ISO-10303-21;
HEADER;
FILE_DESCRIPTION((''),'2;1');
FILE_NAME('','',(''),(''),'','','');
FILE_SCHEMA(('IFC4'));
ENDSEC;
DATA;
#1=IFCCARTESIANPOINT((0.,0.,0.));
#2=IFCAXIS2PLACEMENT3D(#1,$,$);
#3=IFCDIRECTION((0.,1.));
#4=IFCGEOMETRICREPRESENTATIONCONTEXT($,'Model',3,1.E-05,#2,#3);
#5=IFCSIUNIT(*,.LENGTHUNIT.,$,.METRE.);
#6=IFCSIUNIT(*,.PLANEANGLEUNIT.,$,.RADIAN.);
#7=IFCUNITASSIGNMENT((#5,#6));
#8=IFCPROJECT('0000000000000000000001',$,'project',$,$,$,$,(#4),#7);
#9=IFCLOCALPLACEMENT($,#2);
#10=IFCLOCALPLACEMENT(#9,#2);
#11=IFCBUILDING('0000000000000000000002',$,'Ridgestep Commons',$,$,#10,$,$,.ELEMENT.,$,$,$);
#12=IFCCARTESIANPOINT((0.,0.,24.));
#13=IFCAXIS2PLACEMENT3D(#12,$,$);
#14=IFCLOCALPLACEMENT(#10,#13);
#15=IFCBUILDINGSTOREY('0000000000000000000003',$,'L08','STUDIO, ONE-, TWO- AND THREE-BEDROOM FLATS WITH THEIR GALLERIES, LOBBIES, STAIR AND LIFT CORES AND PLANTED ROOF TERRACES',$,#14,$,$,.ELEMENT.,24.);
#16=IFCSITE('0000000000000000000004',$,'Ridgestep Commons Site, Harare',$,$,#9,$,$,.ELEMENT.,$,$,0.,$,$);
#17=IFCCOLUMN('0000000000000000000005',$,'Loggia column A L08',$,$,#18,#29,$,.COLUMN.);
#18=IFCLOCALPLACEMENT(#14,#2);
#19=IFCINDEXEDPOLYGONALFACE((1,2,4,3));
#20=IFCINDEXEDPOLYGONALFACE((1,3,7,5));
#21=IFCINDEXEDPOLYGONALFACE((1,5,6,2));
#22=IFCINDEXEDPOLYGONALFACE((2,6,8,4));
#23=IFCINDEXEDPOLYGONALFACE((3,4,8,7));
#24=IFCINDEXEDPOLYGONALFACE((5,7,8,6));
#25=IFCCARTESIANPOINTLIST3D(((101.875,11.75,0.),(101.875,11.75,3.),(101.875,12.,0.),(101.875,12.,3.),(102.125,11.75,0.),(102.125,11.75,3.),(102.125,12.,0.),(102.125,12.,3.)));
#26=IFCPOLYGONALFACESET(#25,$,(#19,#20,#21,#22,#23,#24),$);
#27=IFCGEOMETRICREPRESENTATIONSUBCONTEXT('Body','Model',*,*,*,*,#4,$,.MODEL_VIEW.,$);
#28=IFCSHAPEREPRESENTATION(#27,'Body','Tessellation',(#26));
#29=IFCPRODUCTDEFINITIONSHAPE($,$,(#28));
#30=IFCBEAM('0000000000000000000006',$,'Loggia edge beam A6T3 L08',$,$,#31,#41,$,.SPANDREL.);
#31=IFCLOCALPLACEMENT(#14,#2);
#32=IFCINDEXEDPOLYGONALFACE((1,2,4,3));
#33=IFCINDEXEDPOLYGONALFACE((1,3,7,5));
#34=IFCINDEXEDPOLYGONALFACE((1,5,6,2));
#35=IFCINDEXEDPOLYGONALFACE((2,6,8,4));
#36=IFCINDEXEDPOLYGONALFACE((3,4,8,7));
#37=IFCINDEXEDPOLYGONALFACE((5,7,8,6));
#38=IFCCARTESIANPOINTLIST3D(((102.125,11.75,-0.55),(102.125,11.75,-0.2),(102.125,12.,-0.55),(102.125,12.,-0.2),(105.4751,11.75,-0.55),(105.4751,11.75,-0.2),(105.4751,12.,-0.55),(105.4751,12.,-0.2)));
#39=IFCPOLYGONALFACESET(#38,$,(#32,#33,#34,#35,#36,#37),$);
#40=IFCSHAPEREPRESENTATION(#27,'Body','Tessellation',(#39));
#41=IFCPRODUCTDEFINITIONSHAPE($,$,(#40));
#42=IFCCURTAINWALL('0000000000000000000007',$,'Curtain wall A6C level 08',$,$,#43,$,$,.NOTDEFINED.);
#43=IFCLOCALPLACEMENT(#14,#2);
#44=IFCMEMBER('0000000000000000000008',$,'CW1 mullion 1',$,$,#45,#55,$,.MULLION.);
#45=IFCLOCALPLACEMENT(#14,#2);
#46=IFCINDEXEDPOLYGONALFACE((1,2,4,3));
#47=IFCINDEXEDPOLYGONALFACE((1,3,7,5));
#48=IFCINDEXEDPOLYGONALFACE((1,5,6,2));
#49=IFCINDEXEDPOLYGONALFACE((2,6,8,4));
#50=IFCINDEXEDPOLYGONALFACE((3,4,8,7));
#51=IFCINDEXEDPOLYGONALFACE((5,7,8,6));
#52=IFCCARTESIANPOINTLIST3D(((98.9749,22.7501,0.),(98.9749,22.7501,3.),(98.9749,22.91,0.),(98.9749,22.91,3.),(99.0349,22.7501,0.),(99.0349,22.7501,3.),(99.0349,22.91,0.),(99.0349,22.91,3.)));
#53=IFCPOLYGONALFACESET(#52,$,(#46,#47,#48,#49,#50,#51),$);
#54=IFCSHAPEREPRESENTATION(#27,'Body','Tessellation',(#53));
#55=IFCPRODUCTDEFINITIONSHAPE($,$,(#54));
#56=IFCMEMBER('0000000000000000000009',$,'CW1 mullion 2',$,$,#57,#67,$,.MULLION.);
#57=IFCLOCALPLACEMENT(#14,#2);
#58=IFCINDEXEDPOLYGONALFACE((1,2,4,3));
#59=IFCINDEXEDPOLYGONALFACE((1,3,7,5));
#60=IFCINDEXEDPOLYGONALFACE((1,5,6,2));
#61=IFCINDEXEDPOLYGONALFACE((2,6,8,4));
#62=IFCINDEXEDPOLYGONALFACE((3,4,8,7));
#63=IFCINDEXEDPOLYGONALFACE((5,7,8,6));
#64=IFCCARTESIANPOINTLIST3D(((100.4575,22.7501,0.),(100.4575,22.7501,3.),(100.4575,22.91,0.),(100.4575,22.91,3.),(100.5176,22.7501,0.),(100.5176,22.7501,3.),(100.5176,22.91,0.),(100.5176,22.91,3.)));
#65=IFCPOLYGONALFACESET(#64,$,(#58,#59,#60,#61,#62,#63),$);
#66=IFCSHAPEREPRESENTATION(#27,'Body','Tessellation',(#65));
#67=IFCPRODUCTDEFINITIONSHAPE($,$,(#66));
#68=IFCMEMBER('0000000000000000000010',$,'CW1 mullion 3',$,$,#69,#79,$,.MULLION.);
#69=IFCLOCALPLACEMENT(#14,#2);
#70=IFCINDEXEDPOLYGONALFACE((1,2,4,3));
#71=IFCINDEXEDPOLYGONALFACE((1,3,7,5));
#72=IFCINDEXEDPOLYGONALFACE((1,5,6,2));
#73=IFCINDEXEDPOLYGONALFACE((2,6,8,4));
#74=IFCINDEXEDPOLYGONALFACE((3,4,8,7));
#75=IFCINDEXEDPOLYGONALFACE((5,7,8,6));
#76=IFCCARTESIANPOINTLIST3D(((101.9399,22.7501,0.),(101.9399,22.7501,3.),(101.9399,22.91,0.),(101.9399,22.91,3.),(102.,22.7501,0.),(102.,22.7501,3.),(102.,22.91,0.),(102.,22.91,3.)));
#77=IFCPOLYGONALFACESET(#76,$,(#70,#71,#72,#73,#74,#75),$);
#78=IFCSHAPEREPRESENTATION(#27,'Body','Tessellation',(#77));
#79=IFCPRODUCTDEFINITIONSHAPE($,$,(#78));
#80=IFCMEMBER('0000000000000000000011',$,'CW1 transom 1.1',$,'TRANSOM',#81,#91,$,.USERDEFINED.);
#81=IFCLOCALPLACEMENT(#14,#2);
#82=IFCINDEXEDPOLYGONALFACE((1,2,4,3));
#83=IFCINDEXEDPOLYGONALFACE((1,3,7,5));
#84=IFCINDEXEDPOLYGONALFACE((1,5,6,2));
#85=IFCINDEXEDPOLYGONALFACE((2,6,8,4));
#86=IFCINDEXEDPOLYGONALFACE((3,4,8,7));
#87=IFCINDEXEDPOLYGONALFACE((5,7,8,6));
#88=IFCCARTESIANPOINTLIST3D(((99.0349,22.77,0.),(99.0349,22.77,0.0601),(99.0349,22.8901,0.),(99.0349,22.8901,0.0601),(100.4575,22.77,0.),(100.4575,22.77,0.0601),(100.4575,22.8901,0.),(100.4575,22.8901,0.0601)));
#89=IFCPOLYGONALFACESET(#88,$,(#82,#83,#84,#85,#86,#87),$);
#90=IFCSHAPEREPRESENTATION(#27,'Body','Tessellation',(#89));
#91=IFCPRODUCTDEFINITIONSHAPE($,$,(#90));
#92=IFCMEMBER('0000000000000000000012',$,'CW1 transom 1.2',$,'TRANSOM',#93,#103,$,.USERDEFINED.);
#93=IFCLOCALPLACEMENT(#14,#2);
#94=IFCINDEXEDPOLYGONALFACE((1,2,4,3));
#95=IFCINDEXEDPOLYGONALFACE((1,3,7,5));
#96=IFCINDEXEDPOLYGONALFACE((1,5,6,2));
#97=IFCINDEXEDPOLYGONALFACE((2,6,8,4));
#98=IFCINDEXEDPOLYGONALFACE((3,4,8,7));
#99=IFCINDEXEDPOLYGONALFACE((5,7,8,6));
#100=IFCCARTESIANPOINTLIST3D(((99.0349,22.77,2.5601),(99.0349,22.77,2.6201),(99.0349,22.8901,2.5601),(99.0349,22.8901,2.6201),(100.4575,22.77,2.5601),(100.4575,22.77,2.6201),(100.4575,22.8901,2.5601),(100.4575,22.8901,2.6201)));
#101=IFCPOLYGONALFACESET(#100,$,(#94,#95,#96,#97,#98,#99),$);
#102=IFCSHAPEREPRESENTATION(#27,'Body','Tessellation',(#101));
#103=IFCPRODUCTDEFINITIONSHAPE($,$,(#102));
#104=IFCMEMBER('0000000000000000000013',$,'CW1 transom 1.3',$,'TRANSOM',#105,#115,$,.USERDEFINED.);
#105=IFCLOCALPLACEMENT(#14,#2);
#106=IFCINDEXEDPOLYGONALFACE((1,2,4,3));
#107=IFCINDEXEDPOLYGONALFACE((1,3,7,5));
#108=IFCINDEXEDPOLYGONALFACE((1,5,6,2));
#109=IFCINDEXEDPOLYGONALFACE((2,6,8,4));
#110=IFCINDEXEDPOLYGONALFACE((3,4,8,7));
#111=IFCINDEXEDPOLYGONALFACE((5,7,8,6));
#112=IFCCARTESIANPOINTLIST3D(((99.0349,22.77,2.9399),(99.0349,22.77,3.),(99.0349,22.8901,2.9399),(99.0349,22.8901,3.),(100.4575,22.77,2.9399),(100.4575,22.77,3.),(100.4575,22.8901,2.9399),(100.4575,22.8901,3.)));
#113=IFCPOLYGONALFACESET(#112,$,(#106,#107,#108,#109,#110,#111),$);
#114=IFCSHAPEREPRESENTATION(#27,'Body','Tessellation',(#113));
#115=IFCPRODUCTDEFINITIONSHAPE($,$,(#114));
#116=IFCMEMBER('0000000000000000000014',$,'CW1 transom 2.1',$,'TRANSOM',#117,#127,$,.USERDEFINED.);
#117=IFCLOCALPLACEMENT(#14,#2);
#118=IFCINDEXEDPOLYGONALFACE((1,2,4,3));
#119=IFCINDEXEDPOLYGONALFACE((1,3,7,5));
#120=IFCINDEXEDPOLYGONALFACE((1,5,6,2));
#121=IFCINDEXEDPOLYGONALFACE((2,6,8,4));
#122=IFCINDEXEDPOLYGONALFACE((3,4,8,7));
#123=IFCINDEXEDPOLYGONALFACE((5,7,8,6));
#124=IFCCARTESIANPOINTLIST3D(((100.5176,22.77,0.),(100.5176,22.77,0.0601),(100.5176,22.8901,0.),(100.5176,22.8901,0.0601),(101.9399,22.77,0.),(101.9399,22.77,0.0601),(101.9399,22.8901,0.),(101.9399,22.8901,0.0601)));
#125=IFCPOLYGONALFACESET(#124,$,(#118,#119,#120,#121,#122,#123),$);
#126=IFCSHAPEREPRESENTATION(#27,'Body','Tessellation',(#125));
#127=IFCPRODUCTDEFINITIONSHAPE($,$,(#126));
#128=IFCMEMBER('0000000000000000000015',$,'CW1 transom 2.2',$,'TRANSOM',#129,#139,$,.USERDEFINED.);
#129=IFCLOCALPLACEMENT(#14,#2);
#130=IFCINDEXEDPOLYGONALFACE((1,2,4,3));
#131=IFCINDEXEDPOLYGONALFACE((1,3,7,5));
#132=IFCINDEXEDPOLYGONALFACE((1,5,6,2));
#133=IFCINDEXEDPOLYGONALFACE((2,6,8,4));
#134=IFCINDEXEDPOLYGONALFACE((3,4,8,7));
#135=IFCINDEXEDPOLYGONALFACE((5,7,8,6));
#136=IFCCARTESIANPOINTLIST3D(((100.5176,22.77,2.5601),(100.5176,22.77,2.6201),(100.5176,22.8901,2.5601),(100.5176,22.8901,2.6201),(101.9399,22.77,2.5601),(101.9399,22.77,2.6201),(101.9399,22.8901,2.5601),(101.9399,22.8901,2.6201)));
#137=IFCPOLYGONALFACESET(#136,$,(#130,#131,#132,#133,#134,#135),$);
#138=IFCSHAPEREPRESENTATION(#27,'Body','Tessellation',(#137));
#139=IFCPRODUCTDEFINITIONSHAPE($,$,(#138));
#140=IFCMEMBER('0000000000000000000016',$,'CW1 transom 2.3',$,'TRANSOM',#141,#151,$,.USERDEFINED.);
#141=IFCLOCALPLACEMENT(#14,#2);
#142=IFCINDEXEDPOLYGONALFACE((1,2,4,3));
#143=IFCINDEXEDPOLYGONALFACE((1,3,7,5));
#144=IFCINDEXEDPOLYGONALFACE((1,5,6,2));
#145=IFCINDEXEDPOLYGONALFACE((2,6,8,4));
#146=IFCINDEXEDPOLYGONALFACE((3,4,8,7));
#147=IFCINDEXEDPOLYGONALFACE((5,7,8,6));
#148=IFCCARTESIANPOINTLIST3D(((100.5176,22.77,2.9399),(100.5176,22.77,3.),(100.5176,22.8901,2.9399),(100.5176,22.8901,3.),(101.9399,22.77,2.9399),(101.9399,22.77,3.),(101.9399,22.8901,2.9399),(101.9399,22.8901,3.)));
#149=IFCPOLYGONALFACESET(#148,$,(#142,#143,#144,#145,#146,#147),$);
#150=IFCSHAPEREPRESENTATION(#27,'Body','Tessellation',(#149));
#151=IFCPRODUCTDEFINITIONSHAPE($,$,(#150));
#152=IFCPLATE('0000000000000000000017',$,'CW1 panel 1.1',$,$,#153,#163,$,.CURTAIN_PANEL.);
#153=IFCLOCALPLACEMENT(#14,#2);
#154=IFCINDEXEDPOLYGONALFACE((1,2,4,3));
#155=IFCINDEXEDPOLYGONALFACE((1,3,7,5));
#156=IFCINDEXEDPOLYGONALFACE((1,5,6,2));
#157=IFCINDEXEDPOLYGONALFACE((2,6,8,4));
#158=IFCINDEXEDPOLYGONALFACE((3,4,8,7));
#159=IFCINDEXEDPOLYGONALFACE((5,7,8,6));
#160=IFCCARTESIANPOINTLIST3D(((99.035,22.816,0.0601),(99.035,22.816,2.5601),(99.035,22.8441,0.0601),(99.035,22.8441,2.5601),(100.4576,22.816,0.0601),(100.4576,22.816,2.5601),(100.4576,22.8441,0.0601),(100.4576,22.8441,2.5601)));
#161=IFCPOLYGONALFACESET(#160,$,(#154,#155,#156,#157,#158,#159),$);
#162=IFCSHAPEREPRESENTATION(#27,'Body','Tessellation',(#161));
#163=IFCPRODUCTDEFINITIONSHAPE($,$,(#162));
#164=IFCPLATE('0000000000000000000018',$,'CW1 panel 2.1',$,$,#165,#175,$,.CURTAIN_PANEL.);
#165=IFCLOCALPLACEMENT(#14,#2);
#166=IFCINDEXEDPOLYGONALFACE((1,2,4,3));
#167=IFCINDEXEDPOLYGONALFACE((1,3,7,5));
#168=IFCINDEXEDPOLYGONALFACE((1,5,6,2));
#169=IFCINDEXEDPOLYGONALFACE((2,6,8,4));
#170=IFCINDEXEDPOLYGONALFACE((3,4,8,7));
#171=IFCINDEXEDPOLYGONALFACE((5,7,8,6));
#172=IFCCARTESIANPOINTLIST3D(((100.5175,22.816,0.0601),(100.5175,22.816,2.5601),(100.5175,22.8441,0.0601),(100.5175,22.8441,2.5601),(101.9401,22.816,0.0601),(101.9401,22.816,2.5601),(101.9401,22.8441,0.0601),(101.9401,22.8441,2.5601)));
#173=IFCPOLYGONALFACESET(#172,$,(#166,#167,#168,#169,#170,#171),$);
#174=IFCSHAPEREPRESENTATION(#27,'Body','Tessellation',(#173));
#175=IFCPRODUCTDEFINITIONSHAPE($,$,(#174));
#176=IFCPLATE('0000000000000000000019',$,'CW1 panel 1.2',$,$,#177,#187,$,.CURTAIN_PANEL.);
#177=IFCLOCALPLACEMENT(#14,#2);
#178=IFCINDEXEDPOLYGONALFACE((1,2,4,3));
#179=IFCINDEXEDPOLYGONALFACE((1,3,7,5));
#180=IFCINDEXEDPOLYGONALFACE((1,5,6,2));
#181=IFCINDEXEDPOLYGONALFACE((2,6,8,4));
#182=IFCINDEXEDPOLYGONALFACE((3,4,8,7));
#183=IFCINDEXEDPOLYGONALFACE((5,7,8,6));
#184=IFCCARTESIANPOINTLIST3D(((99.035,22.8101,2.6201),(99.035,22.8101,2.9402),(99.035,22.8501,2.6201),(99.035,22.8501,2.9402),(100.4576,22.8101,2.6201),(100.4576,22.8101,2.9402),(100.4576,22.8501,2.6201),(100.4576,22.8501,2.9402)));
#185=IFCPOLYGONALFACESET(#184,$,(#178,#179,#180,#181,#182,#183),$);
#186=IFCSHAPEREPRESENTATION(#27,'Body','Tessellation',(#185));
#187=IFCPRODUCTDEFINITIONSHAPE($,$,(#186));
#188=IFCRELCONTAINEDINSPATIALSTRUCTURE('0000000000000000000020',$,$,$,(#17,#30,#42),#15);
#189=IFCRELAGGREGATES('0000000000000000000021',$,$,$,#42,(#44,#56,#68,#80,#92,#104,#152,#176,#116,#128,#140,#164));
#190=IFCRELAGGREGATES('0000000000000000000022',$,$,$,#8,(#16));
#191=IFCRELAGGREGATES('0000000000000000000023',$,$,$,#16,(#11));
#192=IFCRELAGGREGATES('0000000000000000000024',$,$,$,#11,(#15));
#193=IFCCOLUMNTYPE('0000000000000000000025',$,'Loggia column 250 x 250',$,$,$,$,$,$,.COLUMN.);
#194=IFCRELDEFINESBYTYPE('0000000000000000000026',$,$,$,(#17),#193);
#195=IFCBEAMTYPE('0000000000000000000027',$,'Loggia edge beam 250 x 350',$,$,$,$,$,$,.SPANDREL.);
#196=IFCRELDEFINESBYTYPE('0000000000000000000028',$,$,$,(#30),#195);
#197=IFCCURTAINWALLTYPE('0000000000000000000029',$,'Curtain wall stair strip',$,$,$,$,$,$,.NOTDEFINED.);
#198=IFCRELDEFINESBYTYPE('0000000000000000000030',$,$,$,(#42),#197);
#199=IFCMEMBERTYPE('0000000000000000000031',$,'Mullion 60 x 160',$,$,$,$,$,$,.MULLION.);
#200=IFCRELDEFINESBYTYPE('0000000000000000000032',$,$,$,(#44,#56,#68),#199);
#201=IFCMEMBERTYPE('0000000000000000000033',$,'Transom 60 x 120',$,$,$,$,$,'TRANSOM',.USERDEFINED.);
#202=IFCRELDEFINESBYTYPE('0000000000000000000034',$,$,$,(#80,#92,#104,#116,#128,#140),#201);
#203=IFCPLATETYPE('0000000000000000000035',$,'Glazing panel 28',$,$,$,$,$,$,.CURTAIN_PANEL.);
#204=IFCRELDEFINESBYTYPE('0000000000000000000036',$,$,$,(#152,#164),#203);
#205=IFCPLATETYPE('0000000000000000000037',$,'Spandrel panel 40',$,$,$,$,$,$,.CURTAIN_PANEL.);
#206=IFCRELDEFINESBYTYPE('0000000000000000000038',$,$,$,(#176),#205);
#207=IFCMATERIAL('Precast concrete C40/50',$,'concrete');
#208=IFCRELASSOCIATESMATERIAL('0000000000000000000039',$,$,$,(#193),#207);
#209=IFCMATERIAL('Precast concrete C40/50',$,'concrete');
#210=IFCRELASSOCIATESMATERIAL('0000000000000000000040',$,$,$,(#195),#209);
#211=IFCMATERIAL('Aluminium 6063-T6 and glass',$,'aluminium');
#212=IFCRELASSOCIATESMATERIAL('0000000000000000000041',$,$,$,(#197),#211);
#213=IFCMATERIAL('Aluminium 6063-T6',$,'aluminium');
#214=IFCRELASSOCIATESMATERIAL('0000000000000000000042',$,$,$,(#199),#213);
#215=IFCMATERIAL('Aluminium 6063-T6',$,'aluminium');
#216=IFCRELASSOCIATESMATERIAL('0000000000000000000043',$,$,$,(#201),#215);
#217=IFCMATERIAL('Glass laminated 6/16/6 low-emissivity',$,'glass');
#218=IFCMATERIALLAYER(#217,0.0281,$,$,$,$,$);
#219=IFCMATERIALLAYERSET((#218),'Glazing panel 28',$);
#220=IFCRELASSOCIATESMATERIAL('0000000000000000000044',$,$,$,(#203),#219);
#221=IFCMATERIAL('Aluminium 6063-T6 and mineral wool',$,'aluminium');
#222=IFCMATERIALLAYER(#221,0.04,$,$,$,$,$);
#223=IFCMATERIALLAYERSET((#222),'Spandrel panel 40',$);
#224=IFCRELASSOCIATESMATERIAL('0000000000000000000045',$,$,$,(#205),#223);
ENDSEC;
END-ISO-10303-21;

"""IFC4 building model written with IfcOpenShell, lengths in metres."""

from ifc_helpers import new_model, si_unit, direction, frame, origin, origin_2d, place, context, subcontext, project, spatial, rectangle, extrude, material, layer, layer_set, material_profile, profile_set, type_object, element, aggregate, save


model = new_model("IFC4")

# Units and contexts
model_context = context("Model", 3, precision=1e-05, world=origin(), true_north=direction((0.0, 1.0)))
body_context = subcontext(model_context, "Body", "Model", "MODEL_VIEW")
ifc_project = project(units=[si_unit("LENGTHUNIT", "METRE"), si_unit("PLANEANGLEUNIT", "RADIAN")], contexts=[model_context])

# Site, building, storey
site_placement = place(None, origin())
site = spatial("IfcSite", under=ifc_project, at=site_placement, Name="Ridgestep Commons Site, Harare", CompositionType="ELEMENT", RefElevation=0.0)
building_placement = place(site_placement, origin())
building = spatial("IfcBuilding", under=site, at=building_placement, Name="Ridgestep Commons", CompositionType="ELEMENT")
storey_placement = place(building_placement, frame((0.0, 0.0, 24.0)))
storey = spatial("IfcBuildingStorey", under=building, at=storey_placement, Name="L08", Description="STUDIO, ONE-, TWO- AND THREE-BEDROOM FLATS WITH THEIR GALLERIES, LOBBIES, STAIR AND LIFT CORES AND PLANTED ROOF TERRACES", CompositionType="ELEMENT", Elevation=24.0)

# Column
ifc_material_1 = material(Name="Precast concrete C40/50", Category="concrete")
ifc_material_profile_1 = material_profile(ifc_material_1, rectangle(XDim=0.25, YDim=0.25, at=origin_2d()), Name="PC 250x250")
ifc_profile_set_1 = profile_set([ifc_material_profile_1], Name="Precast concrete C40/50")
column_type = type_object("IfcColumnType", Name="Loggia column 250 x 250", PredefinedType="COLUMN", material=ifc_profile_set_1)
column_placement = place(storey_placement, frame((102.0, 11.875, 0.0), z_axis=(0.0, 0.0, 1.0), x_axis=(1.0, 0.0, 0.0)))
element("IfcColumn", 1, at=column_placement, inside=storey, type_object=column_type, Name="Loggia column A L08", PredefinedType="COLUMN", context=body_context, shape_type="SweptSolid", body=[
    extrude(rectangle(XDim=0.25, YDim=0.25, at=origin_2d()), origin(), (0.0, 0.0, 1.0), 3.0),
])

# Beam
ifc_material_2 = material(Name="Precast concrete C40/50", Category="concrete")
ifc_material_profile_2 = material_profile(ifc_material_2, rectangle(XDim=0.25, YDim=0.3501, at=origin_2d()), Name="PC 250x350")
ifc_profile_set_2 = profile_set([ifc_material_profile_2], Name="Precast concrete C40/50")
beam_type = type_object("IfcBeamType", Name="Loggia edge beam 250 x 350", PredefinedType="SPANDREL", material=ifc_profile_set_2)
beam_placement = place(storey_placement, frame((102.125, 11.875, -0.375), z_axis=(1.0, 0.0, 0.0), x_axis=(0.0, 1.0, 0.0)))
element("IfcBeam", 2, at=beam_placement, inside=storey, type_object=beam_type, Name="Loggia edge beam A6T3 L08", PredefinedType="SPANDREL", context=body_context, shape_type="SweptSolid", body=[
    extrude(rectangle(XDim=0.25, YDim=0.3501, at=origin_2d()), origin(), (0.0, 0.0, 1.0), 3.3501),
])

# Curtain wall, members, plates
ifc_material_3 = material(Name="Aluminium 6063-T6 and glass", Category="aluminium")
curtain_wall_type = type_object("IfcCurtainWallType", Name="Curtain wall stair strip", PredefinedType="NOTDEFINED", material=ifc_material_3)
curtain_wall_placement = place(storey_placement, origin())
curtain_wall = element("IfcCurtainWall", 3, at=curtain_wall_placement, inside=storey, type_object=curtain_wall_type, Name="Curtain wall A6C level 08", PredefinedType="NOTDEFINED")
ifc_material_4 = material(Name="Aluminium 6063-T6", Category="aluminium")
ifc_material_profile_3 = material_profile(ifc_material_4, rectangle(XDim=0.1599, YDim=0.0601, at=origin_2d()), Name="Mullion 60 x 160")
ifc_profile_set_3 = profile_set([ifc_material_profile_3], Name="Aluminium 6063-T6")
member_type_1 = type_object("IfcMemberType", Name="Mullion 60 x 160", PredefinedType="MULLION", material=ifc_profile_set_3)
member_1_placement = place(storey_placement, frame((99.0049, 22.8301, 0.0), z_axis=(0.0, 0.0, 1.0), x_axis=(0.0, 1.0, 0.0)))
member_1 = element("IfcMember", 4, at=member_1_placement, type_object=member_type_1, Name="CW1 mullion 1", PredefinedType="MULLION", context=body_context, shape_type="SweptSolid", body=[
    extrude(rectangle(XDim=0.1599, YDim=0.0601, at=origin_2d()), origin(), (0.0, 0.0, 1.0), 3.0),
])
member_2_placement = place(storey_placement, frame((100.4875, 22.8301, 0.0), z_axis=(0.0, 0.0, 1.0), x_axis=(0.0, 1.0, 0.0)))
member_2 = element("IfcMember", 5, at=member_2_placement, type_object=member_type_1, Name="CW1 mullion 2", PredefinedType="MULLION", context=body_context, shape_type="SweptSolid", body=[
    extrude(rectangle(XDim=0.1599, YDim=0.0601, at=origin_2d()), origin(), (0.0, 0.0, 1.0), 3.0),
])
member_3_placement = place(storey_placement, frame((101.97, 22.8301, 0.0), z_axis=(0.0, 0.0, 1.0), x_axis=(0.0, 1.0, 0.0)))
member_3 = element("IfcMember", 6, at=member_3_placement, type_object=member_type_1, Name="CW1 mullion 3", PredefinedType="MULLION", context=body_context, shape_type="SweptSolid", body=[
    extrude(rectangle(XDim=0.1599, YDim=0.0601, at=origin_2d()), origin(), (0.0, 0.0, 1.0), 3.0),
])
ifc_material_5 = material(Name="Aluminium 6063-T6", Category="aluminium")
ifc_material_profile_4 = material_profile(ifc_material_5, rectangle(XDim=0.1201, YDim=0.0601, at=origin_2d()), Name="Transom 60 x 120")
ifc_profile_set_4 = profile_set([ifc_material_profile_4], Name="Aluminium 6063-T6")
member_type_2 = type_object("IfcMemberType", Name="Transom 60 x 120", ElementType="TRANSOM", PredefinedType="USERDEFINED", material=ifc_profile_set_4)
member_4_placement = place(storey_placement, frame((99.0349, 22.8301, 0.03), z_axis=(1.0, 0.0, 0.0), x_axis=(0.0, 1.0, 0.0)))
member_4 = element("IfcMember", 7, at=member_4_placement, type_object=member_type_2, Name="CW1 transom 1.1", ObjectType="TRANSOM", PredefinedType="USERDEFINED", context=body_context, shape_type="SweptSolid", body=[
    extrude(rectangle(XDim=0.1201, YDim=0.0601, at=origin_2d()), origin(), (0.0, 0.0, 1.0), 1.4226),
])
member_5_placement = place(storey_placement, frame((99.0349, 22.8301, 2.5901), z_axis=(1.0, 0.0, 0.0), x_axis=(0.0, 1.0, 0.0)))
member_5 = element("IfcMember", 8, at=member_5_placement, type_object=member_type_2, Name="CW1 transom 1.2", ObjectType="TRANSOM", PredefinedType="USERDEFINED", context=body_context, shape_type="SweptSolid", body=[
    extrude(rectangle(XDim=0.1201, YDim=0.0601, at=origin_2d()), origin(), (0.0, 0.0, 1.0), 1.4226),
])
member_6_placement = place(storey_placement, frame((99.0349, 22.8301, 2.97), z_axis=(1.0, 0.0, 0.0), x_axis=(0.0, 1.0, 0.0)))
member_6 = element("IfcMember", 9, at=member_6_placement, type_object=member_type_2, Name="CW1 transom 1.3", ObjectType="TRANSOM", PredefinedType="USERDEFINED", context=body_context, shape_type="SweptSolid", body=[
    extrude(rectangle(XDim=0.1201, YDim=0.0601, at=origin_2d()), origin(), (0.0, 0.0, 1.0), 1.4226),
])
member_7_placement = place(storey_placement, frame((100.5176, 22.8301, 0.03), z_axis=(1.0, 0.0, 0.0), x_axis=(0.0, 1.0, 0.0)))
member_7 = element("IfcMember", 10, at=member_7_placement, type_object=member_type_2, Name="CW1 transom 2.1", ObjectType="TRANSOM", PredefinedType="USERDEFINED", context=body_context, shape_type="SweptSolid", body=[
    extrude(rectangle(XDim=0.1201, YDim=0.0601, at=origin_2d()), origin(), (0.0, 0.0, 1.0), 1.4224),
])
member_8_placement = place(storey_placement, frame((100.5176, 22.8301, 2.5901), z_axis=(1.0, 0.0, 0.0), x_axis=(0.0, 1.0, 0.0)))
member_8 = element("IfcMember", 11, at=member_8_placement, type_object=member_type_2, Name="CW1 transom 2.2", ObjectType="TRANSOM", PredefinedType="USERDEFINED", context=body_context, shape_type="SweptSolid", body=[
    extrude(rectangle(XDim=0.1201, YDim=0.0601, at=origin_2d()), origin(), (0.0, 0.0, 1.0), 1.4224),
])
member_9_placement = place(storey_placement, frame((100.5176, 22.8301, 2.97), z_axis=(1.0, 0.0, 0.0), x_axis=(0.0, 1.0, 0.0)))
member_9 = element("IfcMember", 12, at=member_9_placement, type_object=member_type_2, Name="CW1 transom 2.3", ObjectType="TRANSOM", PredefinedType="USERDEFINED", context=body_context, shape_type="SweptSolid", body=[
    extrude(rectangle(XDim=0.1201, YDim=0.0601, at=origin_2d()), origin(), (0.0, 0.0, 1.0), 1.4224),
])
ifc_material_6 = material(Name="Glass laminated 6/16/6 low-emissivity", Category="glass")
ifc_layer_1 = layer(ifc_material_6, 0.0281)
ifc_layer_set_1 = layer_set([ifc_layer_1], Name="Glazing panel 28")
plate_type_1 = type_object("IfcPlateType", Name="Glazing panel 28", PredefinedType="CURTAIN_PANEL", material=ifc_layer_set_1)
plate_1_placement = place(storey_placement, frame((99.7463, 22.8301, 0.0601), z_axis=(0.0, 0.0, 1.0), x_axis=(1.0, 0.0, 0.0)))
plate_1 = element("IfcPlate", 13, at=plate_1_placement, type_object=plate_type_1, Name="CW1 panel 1.1", PredefinedType="CURTAIN_PANEL", context=body_context, shape_type="SweptSolid", body=[
    extrude(rectangle(XDim=1.4226, YDim=0.0281, at=origin_2d()), origin(), (0.0, 0.0, 1.0), 2.5),
])
plate_2_placement = place(storey_placement, frame((101.2288, 22.8301, 0.0601), z_axis=(0.0, 0.0, 1.0), x_axis=(1.0, 0.0, 0.0)))
plate_2 = element("IfcPlate", 14, at=plate_2_placement, type_object=plate_type_1, Name="CW1 panel 2.1", PredefinedType="CURTAIN_PANEL", context=body_context, shape_type="SweptSolid", body=[
    extrude(rectangle(XDim=1.4226, YDim=0.0281, at=origin_2d()), origin(), (0.0, 0.0, 1.0), 2.5),
])
ifc_material_7 = material(Name="Aluminium 6063-T6 and mineral wool", Category="aluminium")
ifc_layer_2 = layer(ifc_material_7, 0.04)
ifc_layer_set_2 = layer_set([ifc_layer_2], Name="Spandrel panel 40")
plate_type_2 = type_object("IfcPlateType", Name="Spandrel panel 40", PredefinedType="CURTAIN_PANEL", material=ifc_layer_set_2)
plate_3_placement = place(storey_placement, frame((99.7463, 22.8301, 2.6201), z_axis=(0.0, 0.0, 1.0), x_axis=(1.0, 0.0, 0.0)))
plate_3 = element("IfcPlate", 15, at=plate_3_placement, type_object=plate_type_2, Name="CW1 panel 1.2", PredefinedType="CURTAIN_PANEL", context=body_context, shape_type="SweptSolid", body=[
    extrude(rectangle(XDim=1.4226, YDim=0.04, at=origin_2d()), origin(), (0.0, 0.0, 1.0), 0.3201),
])
aggregate(curtain_wall, [member_1, member_2, member_3, member_4, member_5, member_6, plate_1, plate_3, member_7, member_8, member_9, plate_2])

save(model, "model.ifc")
